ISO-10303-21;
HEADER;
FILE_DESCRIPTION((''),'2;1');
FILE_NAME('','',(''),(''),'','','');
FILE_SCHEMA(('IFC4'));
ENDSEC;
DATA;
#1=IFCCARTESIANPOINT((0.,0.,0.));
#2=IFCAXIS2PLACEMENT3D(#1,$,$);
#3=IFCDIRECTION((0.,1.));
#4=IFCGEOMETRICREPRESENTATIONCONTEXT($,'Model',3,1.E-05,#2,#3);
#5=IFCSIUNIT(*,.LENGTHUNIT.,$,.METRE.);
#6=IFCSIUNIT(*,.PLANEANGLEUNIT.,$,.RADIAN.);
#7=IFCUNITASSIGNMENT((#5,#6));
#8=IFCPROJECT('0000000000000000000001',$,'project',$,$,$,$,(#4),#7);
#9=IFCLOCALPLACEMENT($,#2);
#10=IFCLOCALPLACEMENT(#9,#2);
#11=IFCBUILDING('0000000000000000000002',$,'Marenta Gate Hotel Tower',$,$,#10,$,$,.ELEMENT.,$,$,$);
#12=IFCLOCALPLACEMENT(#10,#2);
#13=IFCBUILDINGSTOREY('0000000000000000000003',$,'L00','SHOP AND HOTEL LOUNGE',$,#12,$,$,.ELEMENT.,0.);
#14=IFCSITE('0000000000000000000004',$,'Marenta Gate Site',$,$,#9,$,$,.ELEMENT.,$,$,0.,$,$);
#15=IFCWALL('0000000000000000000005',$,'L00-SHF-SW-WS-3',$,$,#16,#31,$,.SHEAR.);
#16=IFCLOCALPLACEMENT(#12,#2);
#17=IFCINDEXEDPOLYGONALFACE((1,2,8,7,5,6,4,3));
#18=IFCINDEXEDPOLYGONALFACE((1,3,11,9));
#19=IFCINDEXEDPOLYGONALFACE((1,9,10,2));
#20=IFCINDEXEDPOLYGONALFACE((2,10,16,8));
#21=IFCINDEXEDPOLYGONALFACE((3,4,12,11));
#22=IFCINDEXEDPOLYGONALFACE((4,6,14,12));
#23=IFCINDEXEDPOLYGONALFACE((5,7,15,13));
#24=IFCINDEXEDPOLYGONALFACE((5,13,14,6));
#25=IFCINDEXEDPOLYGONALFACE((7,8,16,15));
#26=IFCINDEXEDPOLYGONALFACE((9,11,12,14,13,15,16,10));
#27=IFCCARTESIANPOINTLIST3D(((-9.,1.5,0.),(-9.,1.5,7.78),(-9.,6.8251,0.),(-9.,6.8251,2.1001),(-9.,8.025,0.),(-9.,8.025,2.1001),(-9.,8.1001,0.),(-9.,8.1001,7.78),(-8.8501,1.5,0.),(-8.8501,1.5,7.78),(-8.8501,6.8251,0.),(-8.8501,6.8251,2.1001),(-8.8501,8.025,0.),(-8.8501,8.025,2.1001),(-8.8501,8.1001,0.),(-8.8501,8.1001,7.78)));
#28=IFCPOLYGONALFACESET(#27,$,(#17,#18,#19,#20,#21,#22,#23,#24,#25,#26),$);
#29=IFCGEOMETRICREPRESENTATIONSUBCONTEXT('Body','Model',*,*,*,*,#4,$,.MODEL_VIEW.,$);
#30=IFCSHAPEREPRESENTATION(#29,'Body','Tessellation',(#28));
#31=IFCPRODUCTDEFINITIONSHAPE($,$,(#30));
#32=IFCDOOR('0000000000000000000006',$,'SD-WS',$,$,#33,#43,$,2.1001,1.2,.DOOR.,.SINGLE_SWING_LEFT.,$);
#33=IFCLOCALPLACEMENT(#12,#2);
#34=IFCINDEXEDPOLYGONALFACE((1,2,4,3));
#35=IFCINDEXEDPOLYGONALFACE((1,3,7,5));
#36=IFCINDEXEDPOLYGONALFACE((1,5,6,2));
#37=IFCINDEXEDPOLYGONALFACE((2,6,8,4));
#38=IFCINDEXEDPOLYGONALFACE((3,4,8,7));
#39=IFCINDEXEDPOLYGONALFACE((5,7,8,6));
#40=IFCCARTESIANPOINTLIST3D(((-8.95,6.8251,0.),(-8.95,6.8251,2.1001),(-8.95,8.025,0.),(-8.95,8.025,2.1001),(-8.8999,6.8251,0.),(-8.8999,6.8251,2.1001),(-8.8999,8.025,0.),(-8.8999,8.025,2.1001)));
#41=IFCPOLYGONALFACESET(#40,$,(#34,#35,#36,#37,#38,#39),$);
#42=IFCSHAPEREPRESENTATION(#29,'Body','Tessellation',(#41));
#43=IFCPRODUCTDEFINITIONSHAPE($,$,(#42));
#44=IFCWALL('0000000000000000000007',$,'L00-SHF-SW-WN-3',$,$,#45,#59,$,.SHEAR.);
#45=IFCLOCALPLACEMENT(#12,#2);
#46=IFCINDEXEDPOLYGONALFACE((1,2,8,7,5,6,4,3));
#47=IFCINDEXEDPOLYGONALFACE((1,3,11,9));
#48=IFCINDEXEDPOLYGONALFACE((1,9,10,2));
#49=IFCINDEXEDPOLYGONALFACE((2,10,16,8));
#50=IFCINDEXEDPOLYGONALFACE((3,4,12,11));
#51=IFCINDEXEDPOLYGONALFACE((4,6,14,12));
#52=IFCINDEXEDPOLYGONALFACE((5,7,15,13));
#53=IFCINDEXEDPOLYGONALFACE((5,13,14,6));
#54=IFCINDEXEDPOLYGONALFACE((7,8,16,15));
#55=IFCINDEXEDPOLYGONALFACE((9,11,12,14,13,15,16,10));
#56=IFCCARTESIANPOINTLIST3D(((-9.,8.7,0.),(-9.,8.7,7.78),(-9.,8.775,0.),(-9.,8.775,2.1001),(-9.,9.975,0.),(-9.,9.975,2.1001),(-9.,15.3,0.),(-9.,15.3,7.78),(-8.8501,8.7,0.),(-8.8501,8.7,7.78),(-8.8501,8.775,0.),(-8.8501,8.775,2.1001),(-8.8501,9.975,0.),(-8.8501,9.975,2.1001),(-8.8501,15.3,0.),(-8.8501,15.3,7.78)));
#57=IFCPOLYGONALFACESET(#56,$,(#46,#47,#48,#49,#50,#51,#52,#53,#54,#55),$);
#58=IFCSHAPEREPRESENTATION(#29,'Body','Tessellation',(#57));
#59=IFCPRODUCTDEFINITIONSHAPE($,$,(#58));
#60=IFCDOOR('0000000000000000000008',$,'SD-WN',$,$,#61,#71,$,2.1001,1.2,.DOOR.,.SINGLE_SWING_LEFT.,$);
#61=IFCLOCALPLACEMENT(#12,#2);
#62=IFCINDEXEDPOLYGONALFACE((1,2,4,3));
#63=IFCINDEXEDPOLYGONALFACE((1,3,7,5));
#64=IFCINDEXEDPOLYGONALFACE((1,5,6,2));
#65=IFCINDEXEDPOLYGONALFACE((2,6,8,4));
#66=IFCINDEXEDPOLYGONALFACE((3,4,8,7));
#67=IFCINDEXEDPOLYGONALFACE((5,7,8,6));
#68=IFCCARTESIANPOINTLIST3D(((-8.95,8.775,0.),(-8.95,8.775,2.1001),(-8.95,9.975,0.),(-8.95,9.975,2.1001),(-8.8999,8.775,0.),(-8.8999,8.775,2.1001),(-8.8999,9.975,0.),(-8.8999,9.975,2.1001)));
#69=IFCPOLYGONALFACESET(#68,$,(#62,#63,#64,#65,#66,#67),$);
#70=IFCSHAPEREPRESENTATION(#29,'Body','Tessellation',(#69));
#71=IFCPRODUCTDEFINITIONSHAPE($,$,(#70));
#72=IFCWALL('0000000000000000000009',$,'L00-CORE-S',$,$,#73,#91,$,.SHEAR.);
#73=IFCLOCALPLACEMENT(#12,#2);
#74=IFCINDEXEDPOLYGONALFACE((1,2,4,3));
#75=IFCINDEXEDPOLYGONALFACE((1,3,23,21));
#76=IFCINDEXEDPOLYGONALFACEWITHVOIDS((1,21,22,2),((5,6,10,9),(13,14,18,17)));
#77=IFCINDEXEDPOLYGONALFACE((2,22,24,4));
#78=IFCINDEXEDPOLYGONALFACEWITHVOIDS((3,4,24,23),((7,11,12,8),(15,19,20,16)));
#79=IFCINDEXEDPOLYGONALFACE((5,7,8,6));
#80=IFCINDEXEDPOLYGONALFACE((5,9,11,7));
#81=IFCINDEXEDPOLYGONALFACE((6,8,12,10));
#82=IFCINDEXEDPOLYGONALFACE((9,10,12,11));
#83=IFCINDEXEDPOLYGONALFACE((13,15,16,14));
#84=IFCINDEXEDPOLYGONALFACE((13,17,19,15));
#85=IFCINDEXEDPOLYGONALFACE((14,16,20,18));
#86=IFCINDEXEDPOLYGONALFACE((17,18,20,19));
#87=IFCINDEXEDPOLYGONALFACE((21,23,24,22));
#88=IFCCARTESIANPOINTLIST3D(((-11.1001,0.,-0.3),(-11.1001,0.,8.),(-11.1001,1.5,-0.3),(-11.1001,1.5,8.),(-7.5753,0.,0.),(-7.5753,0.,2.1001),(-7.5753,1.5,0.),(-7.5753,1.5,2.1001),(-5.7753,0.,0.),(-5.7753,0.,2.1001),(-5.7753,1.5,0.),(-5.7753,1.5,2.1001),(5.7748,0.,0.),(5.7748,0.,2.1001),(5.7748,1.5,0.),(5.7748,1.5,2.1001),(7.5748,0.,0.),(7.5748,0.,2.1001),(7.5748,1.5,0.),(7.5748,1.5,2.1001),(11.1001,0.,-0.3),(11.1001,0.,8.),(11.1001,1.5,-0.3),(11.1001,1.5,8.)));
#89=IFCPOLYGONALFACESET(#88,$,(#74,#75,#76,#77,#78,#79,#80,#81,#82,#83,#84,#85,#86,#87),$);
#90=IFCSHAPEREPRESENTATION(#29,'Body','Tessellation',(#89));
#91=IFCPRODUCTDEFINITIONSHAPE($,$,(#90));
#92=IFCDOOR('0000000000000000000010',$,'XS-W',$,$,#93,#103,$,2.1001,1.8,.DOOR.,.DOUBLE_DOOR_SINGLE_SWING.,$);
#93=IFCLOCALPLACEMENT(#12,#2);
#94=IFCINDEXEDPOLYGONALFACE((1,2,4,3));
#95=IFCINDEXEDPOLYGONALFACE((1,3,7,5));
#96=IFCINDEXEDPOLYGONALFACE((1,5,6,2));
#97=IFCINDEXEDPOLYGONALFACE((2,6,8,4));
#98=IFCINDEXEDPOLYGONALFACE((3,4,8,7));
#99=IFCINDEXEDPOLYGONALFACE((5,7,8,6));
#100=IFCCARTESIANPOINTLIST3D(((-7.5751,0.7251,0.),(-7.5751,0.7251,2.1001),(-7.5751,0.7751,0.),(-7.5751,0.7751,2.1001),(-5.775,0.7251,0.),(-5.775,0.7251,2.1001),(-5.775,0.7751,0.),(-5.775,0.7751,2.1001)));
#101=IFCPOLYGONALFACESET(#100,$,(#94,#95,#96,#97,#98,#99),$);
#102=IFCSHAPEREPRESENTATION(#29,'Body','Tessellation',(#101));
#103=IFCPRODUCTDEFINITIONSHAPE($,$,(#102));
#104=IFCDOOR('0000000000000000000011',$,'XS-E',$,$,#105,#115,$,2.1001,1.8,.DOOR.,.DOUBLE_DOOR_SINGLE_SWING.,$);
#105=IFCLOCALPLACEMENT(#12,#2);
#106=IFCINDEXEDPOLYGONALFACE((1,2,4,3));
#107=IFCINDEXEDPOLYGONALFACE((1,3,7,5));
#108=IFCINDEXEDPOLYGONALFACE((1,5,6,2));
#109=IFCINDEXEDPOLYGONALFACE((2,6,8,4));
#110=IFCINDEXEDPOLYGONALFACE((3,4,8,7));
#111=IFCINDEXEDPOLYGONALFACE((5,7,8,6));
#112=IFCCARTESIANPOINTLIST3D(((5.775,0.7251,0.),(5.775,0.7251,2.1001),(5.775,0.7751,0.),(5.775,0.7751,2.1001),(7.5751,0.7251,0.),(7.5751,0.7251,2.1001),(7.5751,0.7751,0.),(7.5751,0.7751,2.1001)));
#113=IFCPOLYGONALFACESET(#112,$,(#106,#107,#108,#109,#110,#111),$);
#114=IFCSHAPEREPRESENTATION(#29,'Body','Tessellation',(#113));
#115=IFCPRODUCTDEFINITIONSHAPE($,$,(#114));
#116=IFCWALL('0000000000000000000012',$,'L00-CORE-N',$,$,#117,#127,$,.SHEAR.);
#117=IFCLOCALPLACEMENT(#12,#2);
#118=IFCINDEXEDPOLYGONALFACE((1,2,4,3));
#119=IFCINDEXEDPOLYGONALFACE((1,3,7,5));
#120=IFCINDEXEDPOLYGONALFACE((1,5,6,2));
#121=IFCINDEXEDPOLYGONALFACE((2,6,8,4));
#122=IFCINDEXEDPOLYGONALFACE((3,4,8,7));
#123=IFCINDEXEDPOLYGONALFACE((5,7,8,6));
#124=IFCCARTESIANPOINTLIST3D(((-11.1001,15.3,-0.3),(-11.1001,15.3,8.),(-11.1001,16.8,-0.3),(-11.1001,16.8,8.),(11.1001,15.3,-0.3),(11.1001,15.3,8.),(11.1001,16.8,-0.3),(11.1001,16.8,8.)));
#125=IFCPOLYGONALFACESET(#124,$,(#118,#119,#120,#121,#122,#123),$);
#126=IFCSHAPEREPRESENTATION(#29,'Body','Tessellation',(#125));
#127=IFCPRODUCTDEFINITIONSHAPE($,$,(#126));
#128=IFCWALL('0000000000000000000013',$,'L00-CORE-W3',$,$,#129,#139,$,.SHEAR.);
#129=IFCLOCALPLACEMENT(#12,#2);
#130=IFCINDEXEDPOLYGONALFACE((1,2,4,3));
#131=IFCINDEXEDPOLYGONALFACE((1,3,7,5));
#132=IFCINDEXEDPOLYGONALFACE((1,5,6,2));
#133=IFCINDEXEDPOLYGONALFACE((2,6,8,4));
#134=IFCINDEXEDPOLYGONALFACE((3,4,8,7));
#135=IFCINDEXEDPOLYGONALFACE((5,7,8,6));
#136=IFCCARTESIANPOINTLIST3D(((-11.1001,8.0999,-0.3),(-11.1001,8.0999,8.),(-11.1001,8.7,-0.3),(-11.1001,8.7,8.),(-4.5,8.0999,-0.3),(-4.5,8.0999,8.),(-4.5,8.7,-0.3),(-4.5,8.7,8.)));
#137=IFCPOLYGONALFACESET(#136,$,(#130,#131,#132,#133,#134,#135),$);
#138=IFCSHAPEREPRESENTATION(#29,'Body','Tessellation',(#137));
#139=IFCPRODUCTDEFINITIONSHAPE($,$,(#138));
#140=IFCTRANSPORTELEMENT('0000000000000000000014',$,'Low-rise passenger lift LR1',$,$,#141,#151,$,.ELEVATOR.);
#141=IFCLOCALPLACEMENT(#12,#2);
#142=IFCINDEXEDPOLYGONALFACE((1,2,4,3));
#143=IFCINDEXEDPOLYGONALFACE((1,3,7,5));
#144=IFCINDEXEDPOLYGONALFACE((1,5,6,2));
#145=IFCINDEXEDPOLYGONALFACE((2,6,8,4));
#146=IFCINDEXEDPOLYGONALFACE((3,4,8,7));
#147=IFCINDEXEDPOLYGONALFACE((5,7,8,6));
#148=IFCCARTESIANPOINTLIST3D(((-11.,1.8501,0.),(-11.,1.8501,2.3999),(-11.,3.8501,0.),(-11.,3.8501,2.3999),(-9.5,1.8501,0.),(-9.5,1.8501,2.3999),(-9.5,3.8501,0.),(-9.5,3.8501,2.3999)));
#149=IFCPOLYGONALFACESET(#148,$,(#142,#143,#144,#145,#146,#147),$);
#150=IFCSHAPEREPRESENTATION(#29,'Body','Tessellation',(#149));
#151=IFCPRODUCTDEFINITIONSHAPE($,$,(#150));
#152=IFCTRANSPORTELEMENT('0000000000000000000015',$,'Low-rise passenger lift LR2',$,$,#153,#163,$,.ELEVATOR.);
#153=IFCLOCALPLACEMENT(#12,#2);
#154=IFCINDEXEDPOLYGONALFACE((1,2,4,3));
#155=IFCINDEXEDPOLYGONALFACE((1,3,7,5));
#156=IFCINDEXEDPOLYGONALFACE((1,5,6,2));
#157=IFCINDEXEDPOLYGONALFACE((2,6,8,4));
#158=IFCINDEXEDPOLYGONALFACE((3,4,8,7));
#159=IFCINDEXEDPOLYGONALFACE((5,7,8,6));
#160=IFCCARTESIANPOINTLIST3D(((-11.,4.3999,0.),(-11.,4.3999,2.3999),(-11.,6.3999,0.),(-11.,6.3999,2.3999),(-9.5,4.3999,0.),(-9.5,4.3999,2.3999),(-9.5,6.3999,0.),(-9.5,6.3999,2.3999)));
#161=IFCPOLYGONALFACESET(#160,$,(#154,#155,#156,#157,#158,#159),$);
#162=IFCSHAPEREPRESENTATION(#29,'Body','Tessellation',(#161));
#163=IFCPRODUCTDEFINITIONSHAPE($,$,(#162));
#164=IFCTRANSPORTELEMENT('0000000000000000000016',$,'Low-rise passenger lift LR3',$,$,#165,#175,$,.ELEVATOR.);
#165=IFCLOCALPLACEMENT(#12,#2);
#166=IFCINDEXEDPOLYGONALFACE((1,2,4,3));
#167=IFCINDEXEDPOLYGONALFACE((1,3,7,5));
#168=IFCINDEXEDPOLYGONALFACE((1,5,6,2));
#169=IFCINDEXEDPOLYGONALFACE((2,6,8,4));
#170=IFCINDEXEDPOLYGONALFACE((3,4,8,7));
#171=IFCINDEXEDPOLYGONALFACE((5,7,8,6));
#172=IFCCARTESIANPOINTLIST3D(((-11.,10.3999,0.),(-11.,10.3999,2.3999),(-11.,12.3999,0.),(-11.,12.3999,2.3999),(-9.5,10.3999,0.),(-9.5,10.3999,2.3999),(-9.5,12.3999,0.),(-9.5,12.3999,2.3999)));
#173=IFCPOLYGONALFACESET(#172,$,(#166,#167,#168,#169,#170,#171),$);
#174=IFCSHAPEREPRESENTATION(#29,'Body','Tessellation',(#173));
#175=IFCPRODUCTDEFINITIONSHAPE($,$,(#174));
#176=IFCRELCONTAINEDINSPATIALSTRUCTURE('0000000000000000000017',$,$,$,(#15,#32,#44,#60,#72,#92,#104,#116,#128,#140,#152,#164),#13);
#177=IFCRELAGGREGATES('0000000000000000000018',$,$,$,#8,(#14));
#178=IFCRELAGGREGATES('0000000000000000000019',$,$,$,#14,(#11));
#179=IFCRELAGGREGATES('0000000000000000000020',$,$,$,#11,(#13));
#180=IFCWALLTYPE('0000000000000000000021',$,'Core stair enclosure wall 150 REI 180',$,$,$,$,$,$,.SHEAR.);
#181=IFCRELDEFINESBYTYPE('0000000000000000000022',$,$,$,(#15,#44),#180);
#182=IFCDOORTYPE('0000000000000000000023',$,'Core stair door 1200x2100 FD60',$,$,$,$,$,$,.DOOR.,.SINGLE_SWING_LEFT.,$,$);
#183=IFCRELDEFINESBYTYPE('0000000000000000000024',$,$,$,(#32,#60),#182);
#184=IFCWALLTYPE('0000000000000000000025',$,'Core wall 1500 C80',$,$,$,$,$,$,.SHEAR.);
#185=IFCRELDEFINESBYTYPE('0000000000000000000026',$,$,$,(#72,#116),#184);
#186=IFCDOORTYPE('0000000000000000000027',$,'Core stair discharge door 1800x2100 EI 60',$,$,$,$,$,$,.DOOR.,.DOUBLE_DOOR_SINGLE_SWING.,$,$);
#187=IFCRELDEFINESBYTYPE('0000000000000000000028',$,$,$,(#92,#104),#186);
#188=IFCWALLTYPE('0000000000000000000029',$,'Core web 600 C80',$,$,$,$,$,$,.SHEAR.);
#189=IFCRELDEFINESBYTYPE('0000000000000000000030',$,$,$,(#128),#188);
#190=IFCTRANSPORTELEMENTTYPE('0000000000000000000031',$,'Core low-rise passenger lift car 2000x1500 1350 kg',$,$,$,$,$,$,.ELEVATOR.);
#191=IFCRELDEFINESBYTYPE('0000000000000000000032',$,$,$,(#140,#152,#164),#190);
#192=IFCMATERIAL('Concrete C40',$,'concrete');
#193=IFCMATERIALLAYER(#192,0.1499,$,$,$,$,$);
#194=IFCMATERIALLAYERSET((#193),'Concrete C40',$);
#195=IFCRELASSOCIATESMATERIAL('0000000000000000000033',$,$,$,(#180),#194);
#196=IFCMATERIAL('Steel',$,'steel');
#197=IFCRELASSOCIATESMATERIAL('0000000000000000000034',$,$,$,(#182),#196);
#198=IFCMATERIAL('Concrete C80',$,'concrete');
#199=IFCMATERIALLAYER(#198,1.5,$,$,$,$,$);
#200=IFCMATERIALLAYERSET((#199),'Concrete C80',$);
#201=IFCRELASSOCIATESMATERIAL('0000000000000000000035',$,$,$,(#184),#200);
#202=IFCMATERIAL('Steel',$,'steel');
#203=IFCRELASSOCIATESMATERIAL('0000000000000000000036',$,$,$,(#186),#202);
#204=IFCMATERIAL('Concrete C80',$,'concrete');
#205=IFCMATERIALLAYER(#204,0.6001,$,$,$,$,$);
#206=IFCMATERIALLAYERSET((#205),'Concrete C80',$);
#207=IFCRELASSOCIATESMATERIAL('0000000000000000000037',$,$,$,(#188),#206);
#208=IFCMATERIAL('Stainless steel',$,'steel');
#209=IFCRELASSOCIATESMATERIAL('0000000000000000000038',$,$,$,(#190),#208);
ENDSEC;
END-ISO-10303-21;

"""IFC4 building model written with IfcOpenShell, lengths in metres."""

from ifc_helpers import new_model, si_unit, direction, frame, frame_2d, origin, origin_2d, place, context, subcontext, project, spatial, rectangle, extrude, material, layer, layer_set, type_object, element, fill, save


model = new_model("IFC4")

# Units and contexts
model_context = context("Model", 3, precision=1e-05, world=origin(), true_north=direction((0.0, 1.0)))
body_context = subcontext(model_context, "Body", "Model", "MODEL_VIEW")
ifc_project = project(units=[si_unit("LENGTHUNIT", "METRE"), si_unit("PLANEANGLEUNIT", "RADIAN")], contexts=[model_context])

# Site, building, storey
site_placement = place(None, origin())
site = spatial("IfcSite", under=ifc_project, at=site_placement, Name="Marenta Gate Site", CompositionType="ELEMENT", RefElevation=0.0)
building_placement = place(site_placement, origin())
building = spatial("IfcBuilding", under=site, at=building_placement, Name="Marenta Gate Hotel Tower", CompositionType="ELEMENT")
storey_placement = place(building_placement, origin())
storey = spatial("IfcBuildingStorey", under=building, at=storey_placement, Name="L00", Description="SHOP AND HOTEL LOUNGE", CompositionType="ELEMENT", Elevation=0.0)

# Walls, openings, doors
ifc_material_1 = material(Name="Concrete C40", Category="concrete")
ifc_layer_1 = layer(ifc_material_1, 0.1499)
ifc_layer_set_1 = layer_set([ifc_layer_1], Name="Concrete C40")
wall_type_1 = type_object("IfcWallType", Name="Core stair enclosure wall 150 REI 180", PredefinedType="SHEAR", material=ifc_layer_set_1)
wall_1_placement = place(storey_placement, frame((-8.925, 1.5, 0.0), z_axis=(0.0, 0.0, 1.0), x_axis=(0.0, 1.0, 0.0)))
wall_1 = element("IfcWall", 1, at=wall_1_placement, inside=storey, type_object=wall_type_1, Name="L00-SHF-SW-WS-3", PredefinedType="SHEAR", context=body_context, shape_type="SweptSolid", body=[
    extrude(rectangle(XDim=6.6001, YDim=0.1499, at=frame_2d((3.3, 0.0))), origin(), (0.0, 0.0, 1.0), 7.78),
])
opening_1_placement = place(wall_1_placement, frame((5.325, 0.0, 0.0)))
opening_1 = element("IfcOpeningElement", 2, at=opening_1_placement, cuts=wall_1, PredefinedType="OPENING", context=body_context, shape_type="SweptSolid", body=[
    extrude(rectangle(XDim=1.2, YDim=2.1001, at=frame_2d((0.6001, 1.05))), frame((0.0, 0.075, 0.0), z_axis=(0.0, -1.0, 0.0), x_axis=(1.0, 0.0, 0.0)), (0.0, 0.0, 1.0), 0.1499),
])
ifc_material_2 = material(Name="Steel", Category="steel")
door_type_1 = type_object("IfcDoorType", Name="Core stair door 1200x2100 FD60", OperationType="SINGLE_SWING_LEFT", PredefinedType="DOOR", material=ifc_material_2)
door_1_placement = place(opening_1_placement, origin())
door_1 = element("IfcDoor", 3, at=door_1_placement, inside=storey, type_object=door_type_1, Name="SD-WS", OperationType="SINGLE_SWING_LEFT", OverallHeight=2.1001, OverallWidth=1.2, PredefinedType="DOOR", context=body_context, shape_type="SweptSolid", body=[
    extrude(rectangle(XDim=1.2, YDim=2.1001, at=frame_2d((0.6001, 1.05))), frame((0.0, 0.0249, 0.0), z_axis=(0.0, -1.0, 0.0), x_axis=(1.0, 0.0, 0.0)), (0.0, 0.0, 1.0), 0.05),
])
fill(opening_1, door_1)
wall_2_placement = place(storey_placement, frame((-8.925, 8.7, 0.0), z_axis=(0.0, 0.0, 1.0), x_axis=(0.0, 1.0, 0.0)))
wall_2 = element("IfcWall", 4, at=wall_2_placement, inside=storey, type_object=wall_type_1, Name="L00-SHF-SW-WN-3", PredefinedType="SHEAR", context=body_context, shape_type="SweptSolid", body=[
    extrude(rectangle(XDim=6.6001, YDim=0.1499, at=frame_2d((3.3, 0.0))), origin(), (0.0, 0.0, 1.0), 7.78),
])
opening_2_placement = place(wall_2_placement, frame((0.075, 0.0, 0.0)))
opening_2 = element("IfcOpeningElement", 5, at=opening_2_placement, cuts=wall_2, PredefinedType="OPENING", context=body_context, shape_type="SweptSolid", body=[
    extrude(rectangle(XDim=1.2, YDim=2.1001, at=frame_2d((0.6001, 1.05))), frame((0.0, 0.075, 0.0), z_axis=(0.0, -1.0, 0.0), x_axis=(1.0, 0.0, 0.0)), (0.0, 0.0, 1.0), 0.1499),
])
door_2_placement = place(opening_2_placement, origin())
door_2 = element("IfcDoor", 6, at=door_2_placement, inside=storey, type_object=door_type_1, Name="SD-WN", OperationType="SINGLE_SWING_LEFT", OverallHeight=2.1001, OverallWidth=1.2, PredefinedType="DOOR", context=body_context, shape_type="SweptSolid", body=[
    extrude(rectangle(XDim=1.2, YDim=2.1001, at=frame_2d((0.6001, 1.05))), frame((0.0, 0.0249, 0.0), z_axis=(0.0, -1.0, 0.0), x_axis=(1.0, 0.0, 0.0)), (0.0, 0.0, 1.0), 0.05),
])
fill(opening_2, door_2)

# Wall, openings, doors
ifc_material_3 = material(Name="Concrete C80", Category="concrete")
ifc_layer_2 = layer(ifc_material_3, 1.5)
ifc_layer_set_2 = layer_set([ifc_layer_2], Name="Concrete C80")
wall_type_2 = type_object("IfcWallType", Name="Core wall 1500 C80", PredefinedType="SHEAR", material=ifc_layer_set_2)
wall_3_placement = place(storey_placement, frame((-11.1001, 0.75, -0.3), z_axis=(0.0, 0.0, 1.0), x_axis=(1.0, 0.0, 0.0)))
wall_3 = element("IfcWall", 7, at=wall_3_placement, inside=storey, type_object=wall_type_2, Name="L00-CORE-S", PredefinedType="SHEAR", context=body_context, shape_type="SweptSolid", body=[
    extrude(rectangle(XDim=22.2002, YDim=1.5, at=frame_2d((11.1001, 0.0))), origin(), (0.0, 0.0, 1.0), 8.3),
])
opening_3_placement = place(wall_3_placement, frame((3.5249, 0.0, 0.3)))
opening_3 = element("IfcOpeningElement", 8, at=opening_3_placement, cuts=wall_3, PredefinedType="OPENING", context=body_context, shape_type="SweptSolid", body=[
    extrude(rectangle(XDim=1.8, YDim=2.1001, at=frame_2d((0.8999, 1.05))), frame((0.0, 0.75, 0.0), z_axis=(0.0, -1.0, 0.0), x_axis=(1.0, 0.0, 0.0)), (0.0, 0.0, 1.0), 1.5),
])
opening_4_placement = place(wall_3_placement, frame((16.875, 0.0, 0.3)))
opening_4 = element("IfcOpeningElement", 9, at=opening_4_placement, cuts=wall_3, PredefinedType="OPENING", context=body_context, shape_type="SweptSolid", body=[
    extrude(rectangle(XDim=1.8, YDim=2.1001, at=frame_2d((0.8999, 1.05))), frame((0.0, 0.75, 0.0), z_axis=(0.0, -1.0, 0.0), x_axis=(1.0, 0.0, 0.0)), (0.0, 0.0, 1.0), 1.5),
])
ifc_material_4 = material(Name="Steel", Category="steel")
door_type_2 = type_object("IfcDoorType", Name="Core stair discharge door 1800x2100 EI 60", OperationType="DOUBLE_DOOR_SINGLE_SWING", PredefinedType="DOOR", material=ifc_material_4)
door_3_placement = place(opening_3_placement, frame((1.8, 0.0, 0.0), z_axis=(0.0, 0.0, 1.0), x_axis=(-1.0, 0.0, 0.0)))
door_3 = element("IfcDoor", 10, at=door_3_placement, inside=storey, type_object=door_type_2, Name="XS-W", OperationType="DOUBLE_DOOR_SINGLE_SWING", OverallHeight=2.1001, OverallWidth=1.8, PredefinedType="DOOR", context=body_context, shape_type="SweptSolid", body=[
    extrude(rectangle(XDim=1.8, YDim=2.1001, at=frame_2d((0.8999, 1.05))), frame((0.0, 0.0249, 0.0), z_axis=(0.0, -1.0, 0.0), x_axis=(1.0, 0.0, 0.0)), (0.0, 0.0, 1.0), 0.05),
])
fill(opening_3, door_3)
door_4_placement = place(opening_4_placement, frame((1.8, 0.0, 0.0), z_axis=(0.0, 0.0, 1.0), x_axis=(-1.0, 0.0, 0.0)))
door_4 = element("IfcDoor", 11, at=door_4_placement, inside=storey, type_object=door_type_2, Name="XS-E", OperationType="DOUBLE_DOOR_SINGLE_SWING", OverallHeight=2.1001, OverallWidth=1.8, PredefinedType="DOOR", context=body_context, shape_type="SweptSolid", body=[
    extrude(rectangle(XDim=1.8, YDim=2.1001, at=frame_2d((0.8999, 1.05))), frame((0.0, 0.0249, 0.0), z_axis=(0.0, -1.0, 0.0), x_axis=(1.0, 0.0, 0.0)), (0.0, 0.0, 1.0), 0.05),
])
fill(opening_4, door_4)

# Walls
wall_4_placement = place(storey_placement, frame((-11.1001, 16.05, -0.3), z_axis=(0.0, 0.0, 1.0), x_axis=(1.0, 0.0, 0.0)))
element("IfcWall", 12, at=wall_4_placement, inside=storey, type_object=wall_type_2, Name="L00-CORE-N", PredefinedType="SHEAR", context=body_context, shape_type="SweptSolid", body=[
    extrude(rectangle(XDim=22.2002, YDim=1.5, at=frame_2d((11.1001, 0.0))), origin(), (0.0, 0.0, 1.0), 8.3),
])
ifc_material_5 = material(Name="Concrete C80", Category="concrete")
ifc_layer_3 = layer(ifc_material_5, 0.6001)
ifc_layer_set_3 = layer_set([ifc_layer_3], Name="Concrete C80")
wall_type_3 = type_object("IfcWallType", Name="Core web 600 C80", PredefinedType="SHEAR", material=ifc_layer_set_3)
wall_5_placement = place(storey_placement, frame((-11.1001, 8.3999, -0.3), z_axis=(0.0, 0.0, 1.0), x_axis=(1.0, 0.0, 0.0)))
element("IfcWall", 13, at=wall_5_placement, inside=storey, type_object=wall_type_3, Name="L00-CORE-W3", PredefinedType="SHEAR", context=body_context, shape_type="SweptSolid", body=[
    extrude(rectangle(XDim=6.6001, YDim=0.6001, at=frame_2d((3.3, 0.0))), origin(), (0.0, 0.0, 1.0), 8.3),
])

# Transport elements
ifc_material_6 = material(Name="Stainless steel", Category="steel")
transport_element_type = type_object("IfcTransportElementType", Name="Core low-rise passenger lift car 2000x1500 1350 kg", PredefinedType="ELEVATOR", material=ifc_material_6)
for number, where, z_axis, x_axis, name in (
    (14, (-10.25, 2.8501, 0.0), (0.0, 0.0, 1.0), (1.0, 0.0, 0.0), "Low-rise passenger lift LR1"),
    (15, (-10.25, 5.3999, 0.0), (0.0, 0.0, 1.0), (1.0, 0.0, 0.0), "Low-rise passenger lift LR2"),
    (16, (-10.25, 11.3999, 0.0), (0.0, 0.0, 1.0), (1.0, 0.0, 0.0), "Low-rise passenger lift LR3"),
):
    element("IfcTransportElement", number, at=place(storey_placement, frame(where, z_axis=z_axis, x_axis=x_axis)), inside=storey, type_object=transport_element_type, Name=name, PredefinedType="ELEVATOR", context=body_context, shape_type="SweptSolid", body=[
        extrude(rectangle(XDim=1.5, YDim=2.0, at=origin_2d()), origin(), (0.0, 0.0, 1.0), 2.3999),
    ])

save(model, "model.ifc")
